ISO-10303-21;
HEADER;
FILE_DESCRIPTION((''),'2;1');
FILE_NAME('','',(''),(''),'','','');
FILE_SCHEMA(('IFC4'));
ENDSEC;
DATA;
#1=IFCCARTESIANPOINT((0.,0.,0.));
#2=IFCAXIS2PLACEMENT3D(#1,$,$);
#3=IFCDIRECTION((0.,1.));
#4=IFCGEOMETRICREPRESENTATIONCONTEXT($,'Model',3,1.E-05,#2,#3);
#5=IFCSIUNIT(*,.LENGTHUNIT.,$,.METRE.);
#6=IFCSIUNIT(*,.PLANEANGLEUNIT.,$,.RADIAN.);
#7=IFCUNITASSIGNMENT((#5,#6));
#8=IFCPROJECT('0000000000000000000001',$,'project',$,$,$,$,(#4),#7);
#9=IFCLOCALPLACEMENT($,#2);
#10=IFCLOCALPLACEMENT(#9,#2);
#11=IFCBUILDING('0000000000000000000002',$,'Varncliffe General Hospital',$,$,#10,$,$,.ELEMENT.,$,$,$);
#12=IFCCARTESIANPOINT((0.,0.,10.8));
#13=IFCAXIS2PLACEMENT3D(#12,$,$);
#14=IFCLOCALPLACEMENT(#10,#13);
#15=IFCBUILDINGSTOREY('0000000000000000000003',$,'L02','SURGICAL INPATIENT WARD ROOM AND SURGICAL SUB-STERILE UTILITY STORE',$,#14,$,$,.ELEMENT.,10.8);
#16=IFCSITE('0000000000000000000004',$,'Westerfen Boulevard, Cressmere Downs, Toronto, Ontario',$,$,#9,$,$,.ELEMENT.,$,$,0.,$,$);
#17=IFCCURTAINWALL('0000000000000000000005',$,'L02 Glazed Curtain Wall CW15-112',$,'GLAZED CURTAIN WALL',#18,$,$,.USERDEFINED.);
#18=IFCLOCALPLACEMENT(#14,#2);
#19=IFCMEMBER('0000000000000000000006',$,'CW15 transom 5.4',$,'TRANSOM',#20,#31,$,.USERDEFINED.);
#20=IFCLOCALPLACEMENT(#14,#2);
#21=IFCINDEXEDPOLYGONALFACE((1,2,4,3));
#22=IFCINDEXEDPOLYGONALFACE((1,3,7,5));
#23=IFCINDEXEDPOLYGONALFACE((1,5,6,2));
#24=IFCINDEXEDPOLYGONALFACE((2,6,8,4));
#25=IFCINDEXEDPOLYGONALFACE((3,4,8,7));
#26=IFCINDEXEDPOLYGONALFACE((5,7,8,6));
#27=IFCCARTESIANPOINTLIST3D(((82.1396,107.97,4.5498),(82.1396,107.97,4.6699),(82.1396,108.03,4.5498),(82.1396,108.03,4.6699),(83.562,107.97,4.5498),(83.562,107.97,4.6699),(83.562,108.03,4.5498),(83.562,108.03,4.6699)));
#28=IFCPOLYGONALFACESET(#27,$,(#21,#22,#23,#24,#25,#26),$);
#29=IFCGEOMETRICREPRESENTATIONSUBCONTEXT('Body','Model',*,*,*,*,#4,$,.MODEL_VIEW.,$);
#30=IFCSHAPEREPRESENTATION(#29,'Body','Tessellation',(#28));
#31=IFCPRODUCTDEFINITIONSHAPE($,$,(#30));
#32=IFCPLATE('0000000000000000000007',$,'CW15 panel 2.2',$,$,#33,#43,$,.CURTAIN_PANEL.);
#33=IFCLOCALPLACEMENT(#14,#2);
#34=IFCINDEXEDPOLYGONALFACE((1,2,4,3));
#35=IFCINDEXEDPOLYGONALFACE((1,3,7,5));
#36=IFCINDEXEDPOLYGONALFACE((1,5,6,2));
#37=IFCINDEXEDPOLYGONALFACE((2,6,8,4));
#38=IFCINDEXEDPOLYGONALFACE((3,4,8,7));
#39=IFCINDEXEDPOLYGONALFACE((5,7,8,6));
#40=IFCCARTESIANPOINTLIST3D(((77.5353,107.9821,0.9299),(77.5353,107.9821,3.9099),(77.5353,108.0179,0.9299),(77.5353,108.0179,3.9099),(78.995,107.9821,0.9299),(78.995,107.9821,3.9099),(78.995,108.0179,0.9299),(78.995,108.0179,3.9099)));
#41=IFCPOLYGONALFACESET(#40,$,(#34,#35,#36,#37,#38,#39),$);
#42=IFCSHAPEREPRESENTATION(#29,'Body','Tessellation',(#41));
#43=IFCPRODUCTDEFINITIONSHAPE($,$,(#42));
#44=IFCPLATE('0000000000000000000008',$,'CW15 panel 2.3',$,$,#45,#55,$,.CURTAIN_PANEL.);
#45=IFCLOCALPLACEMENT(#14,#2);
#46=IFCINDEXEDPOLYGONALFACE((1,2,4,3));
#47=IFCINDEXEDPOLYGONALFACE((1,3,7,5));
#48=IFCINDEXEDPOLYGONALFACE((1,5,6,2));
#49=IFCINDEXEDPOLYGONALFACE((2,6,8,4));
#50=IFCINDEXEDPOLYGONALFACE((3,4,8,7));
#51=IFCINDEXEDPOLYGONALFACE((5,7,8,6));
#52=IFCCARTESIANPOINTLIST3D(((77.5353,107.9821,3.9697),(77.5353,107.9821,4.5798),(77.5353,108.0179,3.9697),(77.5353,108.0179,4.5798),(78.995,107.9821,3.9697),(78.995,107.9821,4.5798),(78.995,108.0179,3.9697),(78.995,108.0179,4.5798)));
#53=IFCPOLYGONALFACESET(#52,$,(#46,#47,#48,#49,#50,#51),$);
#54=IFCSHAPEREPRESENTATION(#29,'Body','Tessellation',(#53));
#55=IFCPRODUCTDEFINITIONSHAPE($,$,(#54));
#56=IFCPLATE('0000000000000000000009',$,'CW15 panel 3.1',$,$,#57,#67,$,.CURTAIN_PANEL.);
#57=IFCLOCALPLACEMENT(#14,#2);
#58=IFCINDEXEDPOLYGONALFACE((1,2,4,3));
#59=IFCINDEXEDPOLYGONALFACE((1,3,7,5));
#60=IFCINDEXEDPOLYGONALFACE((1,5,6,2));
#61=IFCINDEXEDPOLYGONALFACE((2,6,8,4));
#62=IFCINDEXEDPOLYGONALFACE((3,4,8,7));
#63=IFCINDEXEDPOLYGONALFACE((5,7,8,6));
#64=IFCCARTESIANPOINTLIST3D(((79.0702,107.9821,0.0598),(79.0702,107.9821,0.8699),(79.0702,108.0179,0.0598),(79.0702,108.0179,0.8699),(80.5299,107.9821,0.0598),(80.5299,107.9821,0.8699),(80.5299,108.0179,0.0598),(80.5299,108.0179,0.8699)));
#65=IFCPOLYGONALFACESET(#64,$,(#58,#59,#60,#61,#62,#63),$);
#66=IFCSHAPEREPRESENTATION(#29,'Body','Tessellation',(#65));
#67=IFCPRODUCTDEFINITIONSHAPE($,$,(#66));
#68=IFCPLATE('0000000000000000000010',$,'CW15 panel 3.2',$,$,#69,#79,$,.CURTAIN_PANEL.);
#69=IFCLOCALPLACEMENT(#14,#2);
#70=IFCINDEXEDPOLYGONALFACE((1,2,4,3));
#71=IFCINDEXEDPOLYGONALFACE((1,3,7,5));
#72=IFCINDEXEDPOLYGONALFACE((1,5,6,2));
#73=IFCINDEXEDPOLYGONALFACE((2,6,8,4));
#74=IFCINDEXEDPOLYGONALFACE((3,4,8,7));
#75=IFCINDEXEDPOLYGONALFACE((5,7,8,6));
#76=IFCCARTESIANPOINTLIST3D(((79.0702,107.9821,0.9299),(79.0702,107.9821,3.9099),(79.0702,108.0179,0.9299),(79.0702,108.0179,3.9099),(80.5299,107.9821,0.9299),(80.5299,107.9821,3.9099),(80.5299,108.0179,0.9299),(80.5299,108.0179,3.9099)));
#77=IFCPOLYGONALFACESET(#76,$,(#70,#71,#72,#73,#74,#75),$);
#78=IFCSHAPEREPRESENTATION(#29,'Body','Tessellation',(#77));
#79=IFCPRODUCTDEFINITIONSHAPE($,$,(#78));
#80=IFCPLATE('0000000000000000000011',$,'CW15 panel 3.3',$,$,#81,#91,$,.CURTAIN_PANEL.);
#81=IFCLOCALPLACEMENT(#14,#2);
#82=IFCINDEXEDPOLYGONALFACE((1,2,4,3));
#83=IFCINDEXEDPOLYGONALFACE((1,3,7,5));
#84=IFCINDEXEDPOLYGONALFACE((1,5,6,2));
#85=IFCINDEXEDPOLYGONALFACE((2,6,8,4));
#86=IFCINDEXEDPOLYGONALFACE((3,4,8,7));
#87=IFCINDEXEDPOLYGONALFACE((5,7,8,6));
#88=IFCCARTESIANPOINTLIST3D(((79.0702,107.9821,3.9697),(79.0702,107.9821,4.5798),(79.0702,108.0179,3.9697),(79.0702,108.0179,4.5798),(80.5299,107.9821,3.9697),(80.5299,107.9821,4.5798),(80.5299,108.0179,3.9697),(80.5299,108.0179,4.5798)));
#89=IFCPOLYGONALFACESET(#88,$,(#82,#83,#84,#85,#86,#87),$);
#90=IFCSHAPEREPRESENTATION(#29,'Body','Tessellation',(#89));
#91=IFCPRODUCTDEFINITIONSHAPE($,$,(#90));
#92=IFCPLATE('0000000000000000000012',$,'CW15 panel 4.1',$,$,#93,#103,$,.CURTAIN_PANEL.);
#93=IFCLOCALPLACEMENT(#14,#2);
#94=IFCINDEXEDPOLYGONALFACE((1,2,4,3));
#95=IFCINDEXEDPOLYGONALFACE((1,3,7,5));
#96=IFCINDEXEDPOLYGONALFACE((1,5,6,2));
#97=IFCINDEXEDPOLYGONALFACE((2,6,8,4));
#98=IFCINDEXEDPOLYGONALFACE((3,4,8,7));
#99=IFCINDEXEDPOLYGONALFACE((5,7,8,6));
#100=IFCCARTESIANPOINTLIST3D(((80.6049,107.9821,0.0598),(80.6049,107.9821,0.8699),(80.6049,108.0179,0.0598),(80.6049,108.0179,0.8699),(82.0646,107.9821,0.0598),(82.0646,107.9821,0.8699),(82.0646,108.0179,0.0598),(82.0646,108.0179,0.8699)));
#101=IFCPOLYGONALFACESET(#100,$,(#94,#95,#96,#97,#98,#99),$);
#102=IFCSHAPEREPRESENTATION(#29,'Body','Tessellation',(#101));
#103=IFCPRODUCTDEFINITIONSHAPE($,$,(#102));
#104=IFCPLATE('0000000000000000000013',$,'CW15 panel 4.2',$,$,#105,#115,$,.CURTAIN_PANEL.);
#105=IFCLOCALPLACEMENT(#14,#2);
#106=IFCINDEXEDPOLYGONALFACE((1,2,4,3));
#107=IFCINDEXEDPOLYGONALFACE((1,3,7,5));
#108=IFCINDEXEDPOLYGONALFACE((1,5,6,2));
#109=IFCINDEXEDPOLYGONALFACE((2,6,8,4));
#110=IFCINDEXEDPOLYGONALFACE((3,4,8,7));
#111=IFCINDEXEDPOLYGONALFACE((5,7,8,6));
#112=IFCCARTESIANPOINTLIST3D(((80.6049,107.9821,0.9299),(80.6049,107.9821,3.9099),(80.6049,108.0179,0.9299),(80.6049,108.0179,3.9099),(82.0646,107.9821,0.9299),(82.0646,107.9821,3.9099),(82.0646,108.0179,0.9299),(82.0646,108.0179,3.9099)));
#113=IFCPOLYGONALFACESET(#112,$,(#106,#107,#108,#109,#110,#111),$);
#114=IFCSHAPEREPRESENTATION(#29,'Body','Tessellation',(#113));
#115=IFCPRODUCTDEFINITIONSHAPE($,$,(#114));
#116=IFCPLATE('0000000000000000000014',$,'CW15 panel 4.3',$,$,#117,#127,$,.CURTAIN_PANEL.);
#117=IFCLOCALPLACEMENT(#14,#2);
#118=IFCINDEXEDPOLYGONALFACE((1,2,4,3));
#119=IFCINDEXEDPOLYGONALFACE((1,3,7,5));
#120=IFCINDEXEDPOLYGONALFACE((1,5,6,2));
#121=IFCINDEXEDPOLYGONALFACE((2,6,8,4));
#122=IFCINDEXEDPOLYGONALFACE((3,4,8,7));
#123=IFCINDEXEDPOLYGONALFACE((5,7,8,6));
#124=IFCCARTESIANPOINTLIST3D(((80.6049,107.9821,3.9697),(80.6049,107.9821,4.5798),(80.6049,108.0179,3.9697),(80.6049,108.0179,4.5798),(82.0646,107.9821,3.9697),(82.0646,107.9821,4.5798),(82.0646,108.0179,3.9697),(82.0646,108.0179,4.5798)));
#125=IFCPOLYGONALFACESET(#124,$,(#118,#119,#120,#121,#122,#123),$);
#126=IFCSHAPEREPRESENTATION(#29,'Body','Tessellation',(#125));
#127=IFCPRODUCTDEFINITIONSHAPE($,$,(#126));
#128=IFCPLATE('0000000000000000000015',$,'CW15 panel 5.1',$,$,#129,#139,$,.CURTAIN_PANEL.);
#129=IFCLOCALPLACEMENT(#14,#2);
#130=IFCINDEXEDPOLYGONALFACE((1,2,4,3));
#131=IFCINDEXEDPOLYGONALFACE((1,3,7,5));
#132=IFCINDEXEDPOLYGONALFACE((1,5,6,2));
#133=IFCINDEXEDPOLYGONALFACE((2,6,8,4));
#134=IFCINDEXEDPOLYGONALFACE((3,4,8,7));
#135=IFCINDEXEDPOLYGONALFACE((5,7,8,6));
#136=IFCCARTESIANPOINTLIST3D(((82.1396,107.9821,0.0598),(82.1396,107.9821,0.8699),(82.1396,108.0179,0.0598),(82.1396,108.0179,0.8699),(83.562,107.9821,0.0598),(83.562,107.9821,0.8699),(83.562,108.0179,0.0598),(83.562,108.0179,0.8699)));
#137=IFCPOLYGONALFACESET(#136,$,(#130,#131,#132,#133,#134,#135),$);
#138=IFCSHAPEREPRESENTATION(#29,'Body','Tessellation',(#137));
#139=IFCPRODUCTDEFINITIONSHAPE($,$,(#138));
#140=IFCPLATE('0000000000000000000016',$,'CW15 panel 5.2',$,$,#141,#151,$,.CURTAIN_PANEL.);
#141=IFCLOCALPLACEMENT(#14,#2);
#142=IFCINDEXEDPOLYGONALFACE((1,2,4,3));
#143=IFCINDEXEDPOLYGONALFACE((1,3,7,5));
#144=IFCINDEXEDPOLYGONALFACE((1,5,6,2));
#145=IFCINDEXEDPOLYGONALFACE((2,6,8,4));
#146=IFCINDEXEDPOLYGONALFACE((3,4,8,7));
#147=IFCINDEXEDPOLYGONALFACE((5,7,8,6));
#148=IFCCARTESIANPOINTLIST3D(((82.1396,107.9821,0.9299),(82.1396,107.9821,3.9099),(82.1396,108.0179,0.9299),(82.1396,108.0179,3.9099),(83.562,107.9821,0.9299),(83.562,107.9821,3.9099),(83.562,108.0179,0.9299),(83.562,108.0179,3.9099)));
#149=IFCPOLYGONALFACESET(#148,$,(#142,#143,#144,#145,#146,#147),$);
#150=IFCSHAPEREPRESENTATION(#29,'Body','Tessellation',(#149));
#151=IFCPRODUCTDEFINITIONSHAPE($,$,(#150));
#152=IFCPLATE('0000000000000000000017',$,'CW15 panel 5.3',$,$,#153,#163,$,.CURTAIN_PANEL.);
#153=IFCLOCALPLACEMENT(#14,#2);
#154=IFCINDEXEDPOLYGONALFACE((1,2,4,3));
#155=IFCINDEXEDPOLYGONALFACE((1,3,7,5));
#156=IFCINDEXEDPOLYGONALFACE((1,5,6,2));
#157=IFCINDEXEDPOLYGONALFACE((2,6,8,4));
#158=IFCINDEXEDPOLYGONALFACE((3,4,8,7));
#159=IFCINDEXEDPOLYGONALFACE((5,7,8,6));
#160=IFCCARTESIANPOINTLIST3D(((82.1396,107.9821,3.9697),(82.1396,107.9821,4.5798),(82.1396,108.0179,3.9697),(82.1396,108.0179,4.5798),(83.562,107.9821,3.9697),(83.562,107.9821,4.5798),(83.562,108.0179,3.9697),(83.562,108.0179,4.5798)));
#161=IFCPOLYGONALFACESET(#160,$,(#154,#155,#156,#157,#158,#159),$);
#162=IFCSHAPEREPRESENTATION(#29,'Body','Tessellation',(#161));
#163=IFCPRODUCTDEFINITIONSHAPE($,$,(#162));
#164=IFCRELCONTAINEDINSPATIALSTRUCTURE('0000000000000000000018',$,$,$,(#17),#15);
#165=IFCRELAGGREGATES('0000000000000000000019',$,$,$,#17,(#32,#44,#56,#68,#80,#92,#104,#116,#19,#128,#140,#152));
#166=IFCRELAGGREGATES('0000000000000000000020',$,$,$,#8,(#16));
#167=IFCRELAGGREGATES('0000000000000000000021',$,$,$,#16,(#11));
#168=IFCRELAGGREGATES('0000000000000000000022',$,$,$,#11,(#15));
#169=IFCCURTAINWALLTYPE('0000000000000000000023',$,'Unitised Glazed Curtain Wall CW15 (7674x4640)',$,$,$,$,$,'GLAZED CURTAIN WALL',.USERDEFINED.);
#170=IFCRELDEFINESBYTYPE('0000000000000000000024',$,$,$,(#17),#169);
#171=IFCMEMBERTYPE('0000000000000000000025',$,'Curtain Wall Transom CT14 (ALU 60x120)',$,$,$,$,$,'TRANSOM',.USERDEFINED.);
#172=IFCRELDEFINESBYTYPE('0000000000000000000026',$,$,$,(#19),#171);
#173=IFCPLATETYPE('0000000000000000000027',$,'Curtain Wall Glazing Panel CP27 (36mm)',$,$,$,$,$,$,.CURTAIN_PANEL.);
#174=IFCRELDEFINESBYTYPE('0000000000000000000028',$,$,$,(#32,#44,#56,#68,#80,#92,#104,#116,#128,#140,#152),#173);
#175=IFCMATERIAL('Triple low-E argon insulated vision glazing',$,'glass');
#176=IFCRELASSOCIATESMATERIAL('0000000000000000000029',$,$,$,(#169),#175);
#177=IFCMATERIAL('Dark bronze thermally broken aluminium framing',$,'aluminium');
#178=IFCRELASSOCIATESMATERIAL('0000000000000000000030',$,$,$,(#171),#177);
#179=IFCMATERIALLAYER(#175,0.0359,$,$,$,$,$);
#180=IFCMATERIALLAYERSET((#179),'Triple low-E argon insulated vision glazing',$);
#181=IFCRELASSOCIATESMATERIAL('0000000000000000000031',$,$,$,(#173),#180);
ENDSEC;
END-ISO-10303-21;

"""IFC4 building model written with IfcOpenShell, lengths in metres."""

from ifc_helpers import new_model, si_unit, direction, frame, origin, origin_2d, place, context, subcontext, project, spatial, rectangle, extrude, material, layer, layer_set, material_profile, profile_set, type_object, element, aggregate, save


model = new_model("IFC4")

# Units and contexts
model_context = context("Model", 3, precision=1e-05, world=origin(), true_north=direction((0.0, 1.0)))
body_context = subcontext(model_context, "Body", "Model", "MODEL_VIEW")
ifc_project = project(units=[si_unit("LENGTHUNIT", "METRE"), si_unit("PLANEANGLEUNIT", "RADIAN")], contexts=[model_context])

# Site, building, storey
site_placement = place(None, origin())
site = spatial("IfcSite", under=ifc_project, at=site_placement, Name="Westerfen Boulevard, Cressmere Downs, Toronto, Ontario", CompositionType="ELEMENT", RefElevation=0.0)
building_placement = place(site_placement, origin())
building = spatial("IfcBuilding", under=site, at=building_placement, Name="Varncliffe General Hospital", CompositionType="ELEMENT")
storey_placement = place(building_placement, frame((0.0, 0.0, 10.8)))
storey = spatial("IfcBuildingStorey", under=building, at=storey_placement, Name="L02", Description="SURGICAL INPATIENT WARD ROOM AND SURGICAL SUB-STERILE UTILITY STORE", CompositionType="ELEMENT", Elevation=10.8)

# Curtain wall, member, plates
ifc_material_1 = material(Name="Triple low-E argon insulated vision glazing", Category="glass")
curtain_wall_type = type_object("IfcCurtainWallType", Name="Unitised Glazed Curtain Wall CW15 (7674x4640)", ElementType="GLAZED CURTAIN WALL", PredefinedType="USERDEFINED", material=ifc_material_1)
curtain_wall_placement = place(storey_placement, origin())
curtain_wall = element("IfcCurtainWall", 1, at=curtain_wall_placement, inside=storey, type_object=curtain_wall_type, Name="L02 Glazed Curtain Wall CW15-112", ObjectType="GLAZED CURTAIN WALL", PredefinedType="USERDEFINED")
ifc_material_2 = material(Name="Dark bronze thermally broken aluminium framing", Category="aluminium")
ifc_material_profile_1 = material_profile(ifc_material_2, rectangle(XDim=0.0601, YDim=0.1201, at=origin_2d()), Name="ALU 60x120")
ifc_profile_set_1 = profile_set([ifc_material_profile_1], Name="Dark bronze thermally broken aluminium framing")
member_type_1 = type_object("IfcMemberType", Name="Curtain Wall Transom CT14 (ALU 60x120)", ElementType="TRANSOM", PredefinedType="USERDEFINED", material=ifc_profile_set_1)
member_1_placement = place(storey_placement, frame((82.1396, 108.0, 4.6099), z_axis=(1.0, 0.0, 0.0), x_axis=(0.0, 1.0, 0.0)))
member_1 = element("IfcMember", 2, at=member_1_placement, type_object=member_type_1, Name="CW15 transom 5.4", ObjectType="TRANSOM", PredefinedType="USERDEFINED", context=body_context, shape_type="SweptSolid", body=[
    extrude(rectangle(XDim=0.0601, YDim=0.1201, at=origin_2d()), origin(), (0.0, 0.0, 1.0), 1.4224),
])
ifc_layer = layer(ifc_material_1, 0.0359)
ifc_layer_set = layer_set([ifc_layer], Name="Triple low-E argon insulated vision glazing")
plate_type = type_object("IfcPlateType", Name="Curtain Wall Glazing Panel CP27 (36mm)", PredefinedType="CURTAIN_PANEL", material=ifc_layer_set)
plate_1_placement = place(storey_placement, frame((78.2651, 108.0, 0.9299), z_axis=(0.0, 0.0, 1.0), x_axis=(1.0, 0.0, 0.0)))
plate_1 = element("IfcPlate", 3, at=plate_1_placement, type_object=plate_type, Name="CW15 panel 2.2", PredefinedType="CURTAIN_PANEL", context=body_context, shape_type="SweptSolid", body=[
    extrude(rectangle(XDim=1.4597, YDim=0.0359, at=origin_2d()), origin(), (0.0, 0.0, 1.0), 2.98),
])
plate_2_placement = place(storey_placement, frame((78.2651, 108.0, 3.9697), z_axis=(0.0, 0.0, 1.0), x_axis=(1.0, 0.0, 0.0)))
plate_2 = element("IfcPlate", 4, at=plate_2_placement, type_object=plate_type, Name="CW15 panel 2.3", PredefinedType="CURTAIN_PANEL", context=body_context, shape_type="SweptSolid", body=[
    extrude(rectangle(XDim=1.4597, YDim=0.0359, at=origin_2d()), origin(), (0.0, 0.0, 1.0), 0.6101),
])
plate_3_placement = place(storey_placement, frame((79.8, 108.0, 0.0598), z_axis=(0.0, 0.0, 1.0), x_axis=(1.0, 0.0, 0.0)))
plate_3 = element("IfcPlate", 5, at=plate_3_placement, type_object=plate_type, Name="CW15 panel 3.1", PredefinedType="CURTAIN_PANEL", context=body_context, shape_type="SweptSolid", body=[
    extrude(rectangle(XDim=1.4597, YDim=0.0359, at=origin_2d()), origin(), (0.0, 0.0, 1.0), 0.8101),
])
plate_4_placement = place(storey_placement, frame((79.8, 108.0, 0.9299), z_axis=(0.0, 0.0, 1.0), x_axis=(1.0, 0.0, 0.0)))
plate_4 = element("IfcPlate", 6, at=plate_4_placement, type_object=plate_type, Name="CW15 panel 3.2", PredefinedType="CURTAIN_PANEL", context=body_context, shape_type="SweptSolid", body=[
    extrude(rectangle(XDim=1.4597, YDim=0.0359, at=origin_2d()), origin(), (0.0, 0.0, 1.0), 2.98),
])
plate_5_placement = place(storey_placement, frame((79.8, 108.0, 3.9697), z_axis=(0.0, 0.0, 1.0), x_axis=(1.0, 0.0, 0.0)))
plate_5 = element("IfcPlate", 7, at=plate_5_placement, type_object=plate_type, Name="CW15 panel 3.3", PredefinedType="CURTAIN_PANEL", context=body_context, shape_type="SweptSolid", body=[
    extrude(rectangle(XDim=1.4597, YDim=0.0359, at=origin_2d()), origin(), (0.0, 0.0, 1.0), 0.6101),
])
plate_6_placement = place(storey_placement, frame((81.3347, 108.0, 0.0598), z_axis=(0.0, 0.0, 1.0), x_axis=(1.0, 0.0, 0.0)))
plate_6 = element("IfcPlate", 8, at=plate_6_placement, type_object=plate_type, Name="CW15 panel 4.1", PredefinedType="CURTAIN_PANEL", context=body_context, shape_type="SweptSolid", body=[
    extrude(rectangle(XDim=1.4597, YDim=0.0359, at=origin_2d()), origin(), (0.0, 0.0, 1.0), 0.8101),
])
plate_7_placement = place(storey_placement, frame((81.3347, 108.0, 0.9299), z_axis=(0.0, 0.0, 1.0), x_axis=(1.0, 0.0, 0.0)))
plate_7 = element("IfcPlate", 9, at=plate_7_placement, type_object=plate_type, Name="CW15 panel 4.2", PredefinedType="CURTAIN_PANEL", context=body_context, shape_type="SweptSolid", body=[
    extrude(rectangle(XDim=1.4597, YDim=0.0359, at=origin_2d()), origin(), (0.0, 0.0, 1.0), 2.98),
])
plate_8_placement = place(storey_placement, frame((81.3347, 108.0, 3.9697), z_axis=(0.0, 0.0, 1.0), x_axis=(1.0, 0.0, 0.0)))
plate_8 = element("IfcPlate", 10, at=plate_8_placement, type_object=plate_type, Name="CW15 panel 4.3", PredefinedType="CURTAIN_PANEL", context=body_context, shape_type="SweptSolid", body=[
    extrude(rectangle(XDim=1.4597, YDim=0.0359, at=origin_2d()), origin(), (0.0, 0.0, 1.0), 0.6101),
])
plate_9_placement = place(storey_placement, frame((82.8508, 108.0, 0.0598), z_axis=(0.0, 0.0, 1.0), x_axis=(1.0, 0.0, 0.0)))
plate_9 = element("IfcPlate", 11, at=plate_9_placement, type_object=plate_type, Name="CW15 panel 5.1", PredefinedType="CURTAIN_PANEL", context=body_context, shape_type="SweptSolid", body=[
    extrude(rectangle(XDim=1.4224, YDim=0.0359, at=origin_2d()), origin(), (0.0, 0.0, 1.0), 0.8101),
])
plate_10_placement = place(storey_placement, frame((82.8508, 108.0, 0.9299), z_axis=(0.0, 0.0, 1.0), x_axis=(1.0, 0.0, 0.0)))
plate_10 = element("IfcPlate", 12, at=plate_10_placement, type_object=plate_type, Name="CW15 panel 5.2", PredefinedType="CURTAIN_PANEL", context=body_context, shape_type="SweptSolid", body=[
    extrude(rectangle(XDim=1.4224, YDim=0.0359, at=origin_2d()), origin(), (0.0, 0.0, 1.0), 2.98),
])
plate_11_placement = place(storey_placement, frame((82.8508, 108.0, 3.9697), z_axis=(0.0, 0.0, 1.0), x_axis=(1.0, 0.0, 0.0)))
plate_11 = element("IfcPlate", 13, at=plate_11_placement, type_object=plate_type, Name="CW15 panel 5.3", PredefinedType="CURTAIN_PANEL", context=body_context, shape_type="SweptSolid", body=[
    extrude(rectangle(XDim=1.4224, YDim=0.0359, at=origin_2d()), origin(), (0.0, 0.0, 1.0), 0.6101),
])
aggregate(curtain_wall, [plate_1, plate_2, plate_3, plate_4, plate_5, plate_6, plate_7, plate_8, member_1, plate_9, plate_10, plate_11])

save(model, "model.ifc")
